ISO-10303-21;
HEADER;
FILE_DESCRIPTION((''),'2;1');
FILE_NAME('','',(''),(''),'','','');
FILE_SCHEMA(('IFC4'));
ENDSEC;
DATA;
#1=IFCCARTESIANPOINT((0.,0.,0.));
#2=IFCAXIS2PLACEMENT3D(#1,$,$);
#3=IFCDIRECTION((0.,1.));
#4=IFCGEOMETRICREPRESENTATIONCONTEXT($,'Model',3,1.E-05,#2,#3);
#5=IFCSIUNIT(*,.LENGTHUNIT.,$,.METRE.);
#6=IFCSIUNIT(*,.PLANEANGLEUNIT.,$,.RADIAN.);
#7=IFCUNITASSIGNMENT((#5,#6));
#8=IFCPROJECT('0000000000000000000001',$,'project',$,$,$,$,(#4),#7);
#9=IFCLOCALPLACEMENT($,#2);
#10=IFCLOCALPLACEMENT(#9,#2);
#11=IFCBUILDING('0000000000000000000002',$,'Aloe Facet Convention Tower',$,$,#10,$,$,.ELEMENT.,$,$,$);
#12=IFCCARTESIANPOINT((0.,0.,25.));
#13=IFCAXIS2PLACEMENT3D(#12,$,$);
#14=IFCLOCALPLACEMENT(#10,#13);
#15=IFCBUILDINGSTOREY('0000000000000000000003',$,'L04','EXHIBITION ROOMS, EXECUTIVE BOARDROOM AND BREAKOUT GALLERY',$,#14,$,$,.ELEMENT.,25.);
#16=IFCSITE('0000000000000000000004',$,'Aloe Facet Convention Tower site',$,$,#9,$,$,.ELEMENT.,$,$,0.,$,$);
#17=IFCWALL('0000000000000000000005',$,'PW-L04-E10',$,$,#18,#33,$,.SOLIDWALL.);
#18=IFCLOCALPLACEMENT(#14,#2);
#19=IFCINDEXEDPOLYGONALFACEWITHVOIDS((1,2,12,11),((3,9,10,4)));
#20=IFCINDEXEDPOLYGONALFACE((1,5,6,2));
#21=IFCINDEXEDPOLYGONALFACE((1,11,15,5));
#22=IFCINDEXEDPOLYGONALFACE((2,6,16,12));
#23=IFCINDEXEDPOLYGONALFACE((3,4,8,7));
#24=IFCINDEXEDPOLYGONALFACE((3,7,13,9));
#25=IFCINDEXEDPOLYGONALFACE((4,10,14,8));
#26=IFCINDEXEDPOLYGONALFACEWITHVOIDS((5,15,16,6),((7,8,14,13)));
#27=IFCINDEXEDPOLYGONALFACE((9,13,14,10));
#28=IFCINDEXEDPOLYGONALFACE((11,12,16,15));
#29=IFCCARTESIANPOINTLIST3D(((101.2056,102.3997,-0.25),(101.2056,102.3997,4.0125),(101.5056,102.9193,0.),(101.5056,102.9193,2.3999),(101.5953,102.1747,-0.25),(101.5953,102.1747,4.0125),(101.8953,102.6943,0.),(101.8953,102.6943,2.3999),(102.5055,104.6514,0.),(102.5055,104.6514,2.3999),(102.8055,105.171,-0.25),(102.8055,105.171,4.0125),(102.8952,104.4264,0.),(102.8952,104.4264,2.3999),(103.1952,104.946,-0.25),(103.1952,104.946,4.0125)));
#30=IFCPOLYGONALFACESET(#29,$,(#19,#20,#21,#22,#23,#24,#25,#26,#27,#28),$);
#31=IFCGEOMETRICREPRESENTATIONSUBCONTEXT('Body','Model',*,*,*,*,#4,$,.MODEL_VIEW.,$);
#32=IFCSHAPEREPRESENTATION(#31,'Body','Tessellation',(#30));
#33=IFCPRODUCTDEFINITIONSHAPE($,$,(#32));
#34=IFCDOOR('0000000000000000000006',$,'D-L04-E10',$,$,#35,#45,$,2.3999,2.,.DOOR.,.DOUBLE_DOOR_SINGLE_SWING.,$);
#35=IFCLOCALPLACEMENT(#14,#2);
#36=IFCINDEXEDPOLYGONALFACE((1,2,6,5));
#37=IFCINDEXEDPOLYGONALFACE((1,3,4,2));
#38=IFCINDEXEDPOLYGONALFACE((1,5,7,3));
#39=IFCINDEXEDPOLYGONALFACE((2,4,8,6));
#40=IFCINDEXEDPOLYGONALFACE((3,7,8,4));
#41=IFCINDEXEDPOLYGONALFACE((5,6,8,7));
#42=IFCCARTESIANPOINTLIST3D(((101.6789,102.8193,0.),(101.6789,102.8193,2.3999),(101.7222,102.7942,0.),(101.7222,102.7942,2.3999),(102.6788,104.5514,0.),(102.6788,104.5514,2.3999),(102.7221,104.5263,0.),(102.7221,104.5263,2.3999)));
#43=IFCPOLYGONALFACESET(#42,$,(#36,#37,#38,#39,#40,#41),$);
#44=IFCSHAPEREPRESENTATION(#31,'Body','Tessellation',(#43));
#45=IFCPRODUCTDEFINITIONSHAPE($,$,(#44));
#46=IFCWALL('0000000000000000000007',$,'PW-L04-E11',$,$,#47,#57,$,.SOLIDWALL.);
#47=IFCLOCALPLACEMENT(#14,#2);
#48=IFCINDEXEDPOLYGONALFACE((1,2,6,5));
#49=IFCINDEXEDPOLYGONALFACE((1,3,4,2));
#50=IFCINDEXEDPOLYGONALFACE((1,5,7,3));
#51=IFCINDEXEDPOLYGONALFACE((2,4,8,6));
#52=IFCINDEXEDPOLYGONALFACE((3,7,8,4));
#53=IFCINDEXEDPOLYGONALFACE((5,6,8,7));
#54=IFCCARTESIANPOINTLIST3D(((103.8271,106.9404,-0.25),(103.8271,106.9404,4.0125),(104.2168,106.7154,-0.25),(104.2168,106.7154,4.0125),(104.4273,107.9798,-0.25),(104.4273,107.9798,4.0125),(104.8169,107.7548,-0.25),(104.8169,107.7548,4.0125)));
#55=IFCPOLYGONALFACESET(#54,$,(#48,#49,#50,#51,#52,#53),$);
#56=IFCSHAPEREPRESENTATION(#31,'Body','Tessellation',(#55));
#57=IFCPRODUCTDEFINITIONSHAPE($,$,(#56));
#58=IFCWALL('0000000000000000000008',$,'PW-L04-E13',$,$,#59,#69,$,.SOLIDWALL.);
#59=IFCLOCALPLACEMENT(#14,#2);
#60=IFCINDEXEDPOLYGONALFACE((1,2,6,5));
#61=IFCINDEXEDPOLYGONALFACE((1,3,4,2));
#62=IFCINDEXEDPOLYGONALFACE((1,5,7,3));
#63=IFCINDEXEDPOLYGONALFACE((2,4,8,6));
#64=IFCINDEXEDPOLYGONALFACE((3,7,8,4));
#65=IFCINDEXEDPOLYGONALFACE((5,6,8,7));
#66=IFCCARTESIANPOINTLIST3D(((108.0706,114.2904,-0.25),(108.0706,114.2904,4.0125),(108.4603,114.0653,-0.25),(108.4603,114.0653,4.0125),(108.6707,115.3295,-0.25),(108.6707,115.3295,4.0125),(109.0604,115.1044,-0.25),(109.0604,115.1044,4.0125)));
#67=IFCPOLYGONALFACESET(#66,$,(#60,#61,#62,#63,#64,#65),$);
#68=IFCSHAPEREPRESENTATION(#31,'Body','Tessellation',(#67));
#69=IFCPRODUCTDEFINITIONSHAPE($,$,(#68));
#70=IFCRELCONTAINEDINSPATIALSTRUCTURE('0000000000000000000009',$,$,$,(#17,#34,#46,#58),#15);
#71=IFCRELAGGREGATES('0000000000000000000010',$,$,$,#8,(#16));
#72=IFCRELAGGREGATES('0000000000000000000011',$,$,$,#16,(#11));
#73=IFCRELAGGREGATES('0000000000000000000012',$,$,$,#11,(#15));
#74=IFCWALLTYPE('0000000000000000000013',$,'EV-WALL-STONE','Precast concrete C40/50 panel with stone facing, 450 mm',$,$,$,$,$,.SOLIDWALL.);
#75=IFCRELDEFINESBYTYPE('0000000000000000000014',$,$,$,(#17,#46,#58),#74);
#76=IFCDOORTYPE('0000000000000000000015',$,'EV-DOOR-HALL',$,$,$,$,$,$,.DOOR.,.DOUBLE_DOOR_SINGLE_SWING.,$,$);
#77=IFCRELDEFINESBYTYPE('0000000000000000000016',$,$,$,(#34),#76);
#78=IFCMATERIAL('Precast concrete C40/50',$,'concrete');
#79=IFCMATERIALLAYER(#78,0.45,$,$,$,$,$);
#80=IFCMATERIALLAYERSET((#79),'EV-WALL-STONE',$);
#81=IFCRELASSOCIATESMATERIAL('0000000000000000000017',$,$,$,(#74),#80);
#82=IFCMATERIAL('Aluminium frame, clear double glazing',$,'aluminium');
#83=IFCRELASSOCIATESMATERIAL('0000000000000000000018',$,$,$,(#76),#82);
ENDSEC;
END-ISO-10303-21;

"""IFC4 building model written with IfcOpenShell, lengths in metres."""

from ifc_helpers import new_model, si_unit, direction, frame, frame_2d, origin, place, context, subcontext, project, spatial, rectangle, extrude, material, layer, layer_set, type_object, element, fill, save


model = new_model("IFC4")

# Units and contexts
model_context = context("Model", 3, precision=1e-05, world=origin(), true_north=direction((0.0, 1.0)))
body_context = subcontext(model_context, "Body", "Model", "MODEL_VIEW")
ifc_project = project(units=[si_unit("LENGTHUNIT", "METRE"), si_unit("PLANEANGLEUNIT", "RADIAN")], contexts=[model_context])

# Site, building, storey
site_placement = place(None, origin())
site = spatial("IfcSite", under=ifc_project, at=site_placement, Name="Aloe Facet Convention Tower site", CompositionType="ELEMENT", RefElevation=0.0)
building_placement = place(site_placement, origin())
building = spatial("IfcBuilding", under=site, at=building_placement, Name="Aloe Facet Convention Tower", CompositionType="ELEMENT")
storey_placement = place(building_placement, frame((0.0, 0.0, 25.0)))
storey = spatial("IfcBuildingStorey", under=building, at=storey_placement, Name="L04", Description="EXHIBITION ROOMS, EXECUTIVE BOARDROOM AND BREAKOUT GALLERY", CompositionType="ELEMENT", Elevation=25.0)

# Shared definitions
ifc_material_1 = material(Name="Precast concrete C40/50", Category="concrete")
ifc_layer_1 = layer(ifc_material_1, 0.45)
ifc_layer_set_1 = layer_set([ifc_layer_1], Name="EV-WALL-STONE")
wall_type = type_object("IfcWallType", Name="EV-WALL-STONE", Description="Precast concrete C40/50 panel with stone facing, 450 mm", PredefinedType="SOLIDWALL", material=ifc_layer_set_1)

# Wall, opening, door
wall_1_placement = place(storey_placement, frame((101.4004, 102.2871, -0.25), z_axis=(0.0, 0.0, 1.0), x_axis=(0.499971, 0.866042, 0.0)))
wall_1 = element("IfcWall", 1, at=wall_1_placement, inside=storey, type_object=wall_type, Name="PW-L04-E10", PredefinedType="SOLIDWALL", context=body_context, shape_type="SweptSolid", body=[
    extrude(rectangle(XDim=3.2, YDim=0.45, at=frame_2d((1.6001, 0.0))), origin(), (0.0, 0.0, 1.0), 4.2625),
])
opening_placement = place(wall_1_placement, frame((0.6001, 0.0, 0.25)))
opening = element("IfcOpeningElement", 2, at=opening_placement, cuts=wall_1, PredefinedType="OPENING", context=body_context, shape_type="SweptSolid", body=[
    extrude(rectangle(XDim=2.0, YDim=2.3999, at=frame_2d((1.0, 1.2))), frame((0.0, 0.2349, 0.0), z_axis=(0.0, -1.0, 0.0), x_axis=(1.0, 0.0, 0.0)), (0.0, 0.0, 1.0), 0.47),
])
ifc_material_2 = material(Name="Aluminium frame, clear double glazing", Category="aluminium")
door_type = type_object("IfcDoorType", Name="EV-DOOR-HALL", OperationType="DOUBLE_DOOR_SINGLE_SWING", PredefinedType="DOOR", material=ifc_material_2)
door_placement = place(opening_placement, origin())
door = element("IfcDoor", 3, at=door_placement, inside=storey, type_object=door_type, Name="D-L04-E10", OperationType="DOUBLE_DOOR_SINGLE_SWING", OverallHeight=2.3999, OverallWidth=2.0, PredefinedType="DOOR", context=body_context, shape_type="SweptSolid", body=[
    extrude(rectangle(XDim=2.0, YDim=2.3999, at=frame_2d((1.0, 1.2))), frame((0.0, 0.0249, 0.0), z_axis=(0.0, -1.0, 0.0), x_axis=(1.0, 0.0, 0.0)), (0.0, 0.0, 1.0), 0.05),
])
fill(opening, door)

# Walls
wall_2_placement = place(storey_placement, frame((104.022, 106.8279, -0.25), z_axis=(0.0, 0.0, 1.0), x_axis=(0.500034, 0.866006, 0.0)))
element("IfcWall", 4, at=wall_2_placement, inside=storey, type_object=wall_type, Name="PW-L04-E11", PredefinedType="SOLIDWALL", context=body_context, shape_type="SweptSolid", body=[
    extrude(rectangle(XDim=1.2002, YDim=0.45, at=frame_2d((0.6001, 0.0))), origin(), (0.0, 0.0, 1.0), 4.2625),
])
wall_3_placement = place(storey_placement, frame((108.2654, 114.1777, -0.25), z_axis=(0.0, 0.0, 1.0), x_axis=(0.500122, 0.865955, 0.0)))
element("IfcWall", 5, at=wall_3_placement, inside=storey, type_object=wall_type, Name="PW-L04-E13", PredefinedType="SOLIDWALL", context=body_context, shape_type="SweptSolid", body=[
    extrude(rectangle(XDim=1.2, YDim=0.45, at=frame_2d((0.6001, 0.0))), origin(), (0.0, 0.0, 1.0), 4.2625),
])

save(model, "model.ifc")
